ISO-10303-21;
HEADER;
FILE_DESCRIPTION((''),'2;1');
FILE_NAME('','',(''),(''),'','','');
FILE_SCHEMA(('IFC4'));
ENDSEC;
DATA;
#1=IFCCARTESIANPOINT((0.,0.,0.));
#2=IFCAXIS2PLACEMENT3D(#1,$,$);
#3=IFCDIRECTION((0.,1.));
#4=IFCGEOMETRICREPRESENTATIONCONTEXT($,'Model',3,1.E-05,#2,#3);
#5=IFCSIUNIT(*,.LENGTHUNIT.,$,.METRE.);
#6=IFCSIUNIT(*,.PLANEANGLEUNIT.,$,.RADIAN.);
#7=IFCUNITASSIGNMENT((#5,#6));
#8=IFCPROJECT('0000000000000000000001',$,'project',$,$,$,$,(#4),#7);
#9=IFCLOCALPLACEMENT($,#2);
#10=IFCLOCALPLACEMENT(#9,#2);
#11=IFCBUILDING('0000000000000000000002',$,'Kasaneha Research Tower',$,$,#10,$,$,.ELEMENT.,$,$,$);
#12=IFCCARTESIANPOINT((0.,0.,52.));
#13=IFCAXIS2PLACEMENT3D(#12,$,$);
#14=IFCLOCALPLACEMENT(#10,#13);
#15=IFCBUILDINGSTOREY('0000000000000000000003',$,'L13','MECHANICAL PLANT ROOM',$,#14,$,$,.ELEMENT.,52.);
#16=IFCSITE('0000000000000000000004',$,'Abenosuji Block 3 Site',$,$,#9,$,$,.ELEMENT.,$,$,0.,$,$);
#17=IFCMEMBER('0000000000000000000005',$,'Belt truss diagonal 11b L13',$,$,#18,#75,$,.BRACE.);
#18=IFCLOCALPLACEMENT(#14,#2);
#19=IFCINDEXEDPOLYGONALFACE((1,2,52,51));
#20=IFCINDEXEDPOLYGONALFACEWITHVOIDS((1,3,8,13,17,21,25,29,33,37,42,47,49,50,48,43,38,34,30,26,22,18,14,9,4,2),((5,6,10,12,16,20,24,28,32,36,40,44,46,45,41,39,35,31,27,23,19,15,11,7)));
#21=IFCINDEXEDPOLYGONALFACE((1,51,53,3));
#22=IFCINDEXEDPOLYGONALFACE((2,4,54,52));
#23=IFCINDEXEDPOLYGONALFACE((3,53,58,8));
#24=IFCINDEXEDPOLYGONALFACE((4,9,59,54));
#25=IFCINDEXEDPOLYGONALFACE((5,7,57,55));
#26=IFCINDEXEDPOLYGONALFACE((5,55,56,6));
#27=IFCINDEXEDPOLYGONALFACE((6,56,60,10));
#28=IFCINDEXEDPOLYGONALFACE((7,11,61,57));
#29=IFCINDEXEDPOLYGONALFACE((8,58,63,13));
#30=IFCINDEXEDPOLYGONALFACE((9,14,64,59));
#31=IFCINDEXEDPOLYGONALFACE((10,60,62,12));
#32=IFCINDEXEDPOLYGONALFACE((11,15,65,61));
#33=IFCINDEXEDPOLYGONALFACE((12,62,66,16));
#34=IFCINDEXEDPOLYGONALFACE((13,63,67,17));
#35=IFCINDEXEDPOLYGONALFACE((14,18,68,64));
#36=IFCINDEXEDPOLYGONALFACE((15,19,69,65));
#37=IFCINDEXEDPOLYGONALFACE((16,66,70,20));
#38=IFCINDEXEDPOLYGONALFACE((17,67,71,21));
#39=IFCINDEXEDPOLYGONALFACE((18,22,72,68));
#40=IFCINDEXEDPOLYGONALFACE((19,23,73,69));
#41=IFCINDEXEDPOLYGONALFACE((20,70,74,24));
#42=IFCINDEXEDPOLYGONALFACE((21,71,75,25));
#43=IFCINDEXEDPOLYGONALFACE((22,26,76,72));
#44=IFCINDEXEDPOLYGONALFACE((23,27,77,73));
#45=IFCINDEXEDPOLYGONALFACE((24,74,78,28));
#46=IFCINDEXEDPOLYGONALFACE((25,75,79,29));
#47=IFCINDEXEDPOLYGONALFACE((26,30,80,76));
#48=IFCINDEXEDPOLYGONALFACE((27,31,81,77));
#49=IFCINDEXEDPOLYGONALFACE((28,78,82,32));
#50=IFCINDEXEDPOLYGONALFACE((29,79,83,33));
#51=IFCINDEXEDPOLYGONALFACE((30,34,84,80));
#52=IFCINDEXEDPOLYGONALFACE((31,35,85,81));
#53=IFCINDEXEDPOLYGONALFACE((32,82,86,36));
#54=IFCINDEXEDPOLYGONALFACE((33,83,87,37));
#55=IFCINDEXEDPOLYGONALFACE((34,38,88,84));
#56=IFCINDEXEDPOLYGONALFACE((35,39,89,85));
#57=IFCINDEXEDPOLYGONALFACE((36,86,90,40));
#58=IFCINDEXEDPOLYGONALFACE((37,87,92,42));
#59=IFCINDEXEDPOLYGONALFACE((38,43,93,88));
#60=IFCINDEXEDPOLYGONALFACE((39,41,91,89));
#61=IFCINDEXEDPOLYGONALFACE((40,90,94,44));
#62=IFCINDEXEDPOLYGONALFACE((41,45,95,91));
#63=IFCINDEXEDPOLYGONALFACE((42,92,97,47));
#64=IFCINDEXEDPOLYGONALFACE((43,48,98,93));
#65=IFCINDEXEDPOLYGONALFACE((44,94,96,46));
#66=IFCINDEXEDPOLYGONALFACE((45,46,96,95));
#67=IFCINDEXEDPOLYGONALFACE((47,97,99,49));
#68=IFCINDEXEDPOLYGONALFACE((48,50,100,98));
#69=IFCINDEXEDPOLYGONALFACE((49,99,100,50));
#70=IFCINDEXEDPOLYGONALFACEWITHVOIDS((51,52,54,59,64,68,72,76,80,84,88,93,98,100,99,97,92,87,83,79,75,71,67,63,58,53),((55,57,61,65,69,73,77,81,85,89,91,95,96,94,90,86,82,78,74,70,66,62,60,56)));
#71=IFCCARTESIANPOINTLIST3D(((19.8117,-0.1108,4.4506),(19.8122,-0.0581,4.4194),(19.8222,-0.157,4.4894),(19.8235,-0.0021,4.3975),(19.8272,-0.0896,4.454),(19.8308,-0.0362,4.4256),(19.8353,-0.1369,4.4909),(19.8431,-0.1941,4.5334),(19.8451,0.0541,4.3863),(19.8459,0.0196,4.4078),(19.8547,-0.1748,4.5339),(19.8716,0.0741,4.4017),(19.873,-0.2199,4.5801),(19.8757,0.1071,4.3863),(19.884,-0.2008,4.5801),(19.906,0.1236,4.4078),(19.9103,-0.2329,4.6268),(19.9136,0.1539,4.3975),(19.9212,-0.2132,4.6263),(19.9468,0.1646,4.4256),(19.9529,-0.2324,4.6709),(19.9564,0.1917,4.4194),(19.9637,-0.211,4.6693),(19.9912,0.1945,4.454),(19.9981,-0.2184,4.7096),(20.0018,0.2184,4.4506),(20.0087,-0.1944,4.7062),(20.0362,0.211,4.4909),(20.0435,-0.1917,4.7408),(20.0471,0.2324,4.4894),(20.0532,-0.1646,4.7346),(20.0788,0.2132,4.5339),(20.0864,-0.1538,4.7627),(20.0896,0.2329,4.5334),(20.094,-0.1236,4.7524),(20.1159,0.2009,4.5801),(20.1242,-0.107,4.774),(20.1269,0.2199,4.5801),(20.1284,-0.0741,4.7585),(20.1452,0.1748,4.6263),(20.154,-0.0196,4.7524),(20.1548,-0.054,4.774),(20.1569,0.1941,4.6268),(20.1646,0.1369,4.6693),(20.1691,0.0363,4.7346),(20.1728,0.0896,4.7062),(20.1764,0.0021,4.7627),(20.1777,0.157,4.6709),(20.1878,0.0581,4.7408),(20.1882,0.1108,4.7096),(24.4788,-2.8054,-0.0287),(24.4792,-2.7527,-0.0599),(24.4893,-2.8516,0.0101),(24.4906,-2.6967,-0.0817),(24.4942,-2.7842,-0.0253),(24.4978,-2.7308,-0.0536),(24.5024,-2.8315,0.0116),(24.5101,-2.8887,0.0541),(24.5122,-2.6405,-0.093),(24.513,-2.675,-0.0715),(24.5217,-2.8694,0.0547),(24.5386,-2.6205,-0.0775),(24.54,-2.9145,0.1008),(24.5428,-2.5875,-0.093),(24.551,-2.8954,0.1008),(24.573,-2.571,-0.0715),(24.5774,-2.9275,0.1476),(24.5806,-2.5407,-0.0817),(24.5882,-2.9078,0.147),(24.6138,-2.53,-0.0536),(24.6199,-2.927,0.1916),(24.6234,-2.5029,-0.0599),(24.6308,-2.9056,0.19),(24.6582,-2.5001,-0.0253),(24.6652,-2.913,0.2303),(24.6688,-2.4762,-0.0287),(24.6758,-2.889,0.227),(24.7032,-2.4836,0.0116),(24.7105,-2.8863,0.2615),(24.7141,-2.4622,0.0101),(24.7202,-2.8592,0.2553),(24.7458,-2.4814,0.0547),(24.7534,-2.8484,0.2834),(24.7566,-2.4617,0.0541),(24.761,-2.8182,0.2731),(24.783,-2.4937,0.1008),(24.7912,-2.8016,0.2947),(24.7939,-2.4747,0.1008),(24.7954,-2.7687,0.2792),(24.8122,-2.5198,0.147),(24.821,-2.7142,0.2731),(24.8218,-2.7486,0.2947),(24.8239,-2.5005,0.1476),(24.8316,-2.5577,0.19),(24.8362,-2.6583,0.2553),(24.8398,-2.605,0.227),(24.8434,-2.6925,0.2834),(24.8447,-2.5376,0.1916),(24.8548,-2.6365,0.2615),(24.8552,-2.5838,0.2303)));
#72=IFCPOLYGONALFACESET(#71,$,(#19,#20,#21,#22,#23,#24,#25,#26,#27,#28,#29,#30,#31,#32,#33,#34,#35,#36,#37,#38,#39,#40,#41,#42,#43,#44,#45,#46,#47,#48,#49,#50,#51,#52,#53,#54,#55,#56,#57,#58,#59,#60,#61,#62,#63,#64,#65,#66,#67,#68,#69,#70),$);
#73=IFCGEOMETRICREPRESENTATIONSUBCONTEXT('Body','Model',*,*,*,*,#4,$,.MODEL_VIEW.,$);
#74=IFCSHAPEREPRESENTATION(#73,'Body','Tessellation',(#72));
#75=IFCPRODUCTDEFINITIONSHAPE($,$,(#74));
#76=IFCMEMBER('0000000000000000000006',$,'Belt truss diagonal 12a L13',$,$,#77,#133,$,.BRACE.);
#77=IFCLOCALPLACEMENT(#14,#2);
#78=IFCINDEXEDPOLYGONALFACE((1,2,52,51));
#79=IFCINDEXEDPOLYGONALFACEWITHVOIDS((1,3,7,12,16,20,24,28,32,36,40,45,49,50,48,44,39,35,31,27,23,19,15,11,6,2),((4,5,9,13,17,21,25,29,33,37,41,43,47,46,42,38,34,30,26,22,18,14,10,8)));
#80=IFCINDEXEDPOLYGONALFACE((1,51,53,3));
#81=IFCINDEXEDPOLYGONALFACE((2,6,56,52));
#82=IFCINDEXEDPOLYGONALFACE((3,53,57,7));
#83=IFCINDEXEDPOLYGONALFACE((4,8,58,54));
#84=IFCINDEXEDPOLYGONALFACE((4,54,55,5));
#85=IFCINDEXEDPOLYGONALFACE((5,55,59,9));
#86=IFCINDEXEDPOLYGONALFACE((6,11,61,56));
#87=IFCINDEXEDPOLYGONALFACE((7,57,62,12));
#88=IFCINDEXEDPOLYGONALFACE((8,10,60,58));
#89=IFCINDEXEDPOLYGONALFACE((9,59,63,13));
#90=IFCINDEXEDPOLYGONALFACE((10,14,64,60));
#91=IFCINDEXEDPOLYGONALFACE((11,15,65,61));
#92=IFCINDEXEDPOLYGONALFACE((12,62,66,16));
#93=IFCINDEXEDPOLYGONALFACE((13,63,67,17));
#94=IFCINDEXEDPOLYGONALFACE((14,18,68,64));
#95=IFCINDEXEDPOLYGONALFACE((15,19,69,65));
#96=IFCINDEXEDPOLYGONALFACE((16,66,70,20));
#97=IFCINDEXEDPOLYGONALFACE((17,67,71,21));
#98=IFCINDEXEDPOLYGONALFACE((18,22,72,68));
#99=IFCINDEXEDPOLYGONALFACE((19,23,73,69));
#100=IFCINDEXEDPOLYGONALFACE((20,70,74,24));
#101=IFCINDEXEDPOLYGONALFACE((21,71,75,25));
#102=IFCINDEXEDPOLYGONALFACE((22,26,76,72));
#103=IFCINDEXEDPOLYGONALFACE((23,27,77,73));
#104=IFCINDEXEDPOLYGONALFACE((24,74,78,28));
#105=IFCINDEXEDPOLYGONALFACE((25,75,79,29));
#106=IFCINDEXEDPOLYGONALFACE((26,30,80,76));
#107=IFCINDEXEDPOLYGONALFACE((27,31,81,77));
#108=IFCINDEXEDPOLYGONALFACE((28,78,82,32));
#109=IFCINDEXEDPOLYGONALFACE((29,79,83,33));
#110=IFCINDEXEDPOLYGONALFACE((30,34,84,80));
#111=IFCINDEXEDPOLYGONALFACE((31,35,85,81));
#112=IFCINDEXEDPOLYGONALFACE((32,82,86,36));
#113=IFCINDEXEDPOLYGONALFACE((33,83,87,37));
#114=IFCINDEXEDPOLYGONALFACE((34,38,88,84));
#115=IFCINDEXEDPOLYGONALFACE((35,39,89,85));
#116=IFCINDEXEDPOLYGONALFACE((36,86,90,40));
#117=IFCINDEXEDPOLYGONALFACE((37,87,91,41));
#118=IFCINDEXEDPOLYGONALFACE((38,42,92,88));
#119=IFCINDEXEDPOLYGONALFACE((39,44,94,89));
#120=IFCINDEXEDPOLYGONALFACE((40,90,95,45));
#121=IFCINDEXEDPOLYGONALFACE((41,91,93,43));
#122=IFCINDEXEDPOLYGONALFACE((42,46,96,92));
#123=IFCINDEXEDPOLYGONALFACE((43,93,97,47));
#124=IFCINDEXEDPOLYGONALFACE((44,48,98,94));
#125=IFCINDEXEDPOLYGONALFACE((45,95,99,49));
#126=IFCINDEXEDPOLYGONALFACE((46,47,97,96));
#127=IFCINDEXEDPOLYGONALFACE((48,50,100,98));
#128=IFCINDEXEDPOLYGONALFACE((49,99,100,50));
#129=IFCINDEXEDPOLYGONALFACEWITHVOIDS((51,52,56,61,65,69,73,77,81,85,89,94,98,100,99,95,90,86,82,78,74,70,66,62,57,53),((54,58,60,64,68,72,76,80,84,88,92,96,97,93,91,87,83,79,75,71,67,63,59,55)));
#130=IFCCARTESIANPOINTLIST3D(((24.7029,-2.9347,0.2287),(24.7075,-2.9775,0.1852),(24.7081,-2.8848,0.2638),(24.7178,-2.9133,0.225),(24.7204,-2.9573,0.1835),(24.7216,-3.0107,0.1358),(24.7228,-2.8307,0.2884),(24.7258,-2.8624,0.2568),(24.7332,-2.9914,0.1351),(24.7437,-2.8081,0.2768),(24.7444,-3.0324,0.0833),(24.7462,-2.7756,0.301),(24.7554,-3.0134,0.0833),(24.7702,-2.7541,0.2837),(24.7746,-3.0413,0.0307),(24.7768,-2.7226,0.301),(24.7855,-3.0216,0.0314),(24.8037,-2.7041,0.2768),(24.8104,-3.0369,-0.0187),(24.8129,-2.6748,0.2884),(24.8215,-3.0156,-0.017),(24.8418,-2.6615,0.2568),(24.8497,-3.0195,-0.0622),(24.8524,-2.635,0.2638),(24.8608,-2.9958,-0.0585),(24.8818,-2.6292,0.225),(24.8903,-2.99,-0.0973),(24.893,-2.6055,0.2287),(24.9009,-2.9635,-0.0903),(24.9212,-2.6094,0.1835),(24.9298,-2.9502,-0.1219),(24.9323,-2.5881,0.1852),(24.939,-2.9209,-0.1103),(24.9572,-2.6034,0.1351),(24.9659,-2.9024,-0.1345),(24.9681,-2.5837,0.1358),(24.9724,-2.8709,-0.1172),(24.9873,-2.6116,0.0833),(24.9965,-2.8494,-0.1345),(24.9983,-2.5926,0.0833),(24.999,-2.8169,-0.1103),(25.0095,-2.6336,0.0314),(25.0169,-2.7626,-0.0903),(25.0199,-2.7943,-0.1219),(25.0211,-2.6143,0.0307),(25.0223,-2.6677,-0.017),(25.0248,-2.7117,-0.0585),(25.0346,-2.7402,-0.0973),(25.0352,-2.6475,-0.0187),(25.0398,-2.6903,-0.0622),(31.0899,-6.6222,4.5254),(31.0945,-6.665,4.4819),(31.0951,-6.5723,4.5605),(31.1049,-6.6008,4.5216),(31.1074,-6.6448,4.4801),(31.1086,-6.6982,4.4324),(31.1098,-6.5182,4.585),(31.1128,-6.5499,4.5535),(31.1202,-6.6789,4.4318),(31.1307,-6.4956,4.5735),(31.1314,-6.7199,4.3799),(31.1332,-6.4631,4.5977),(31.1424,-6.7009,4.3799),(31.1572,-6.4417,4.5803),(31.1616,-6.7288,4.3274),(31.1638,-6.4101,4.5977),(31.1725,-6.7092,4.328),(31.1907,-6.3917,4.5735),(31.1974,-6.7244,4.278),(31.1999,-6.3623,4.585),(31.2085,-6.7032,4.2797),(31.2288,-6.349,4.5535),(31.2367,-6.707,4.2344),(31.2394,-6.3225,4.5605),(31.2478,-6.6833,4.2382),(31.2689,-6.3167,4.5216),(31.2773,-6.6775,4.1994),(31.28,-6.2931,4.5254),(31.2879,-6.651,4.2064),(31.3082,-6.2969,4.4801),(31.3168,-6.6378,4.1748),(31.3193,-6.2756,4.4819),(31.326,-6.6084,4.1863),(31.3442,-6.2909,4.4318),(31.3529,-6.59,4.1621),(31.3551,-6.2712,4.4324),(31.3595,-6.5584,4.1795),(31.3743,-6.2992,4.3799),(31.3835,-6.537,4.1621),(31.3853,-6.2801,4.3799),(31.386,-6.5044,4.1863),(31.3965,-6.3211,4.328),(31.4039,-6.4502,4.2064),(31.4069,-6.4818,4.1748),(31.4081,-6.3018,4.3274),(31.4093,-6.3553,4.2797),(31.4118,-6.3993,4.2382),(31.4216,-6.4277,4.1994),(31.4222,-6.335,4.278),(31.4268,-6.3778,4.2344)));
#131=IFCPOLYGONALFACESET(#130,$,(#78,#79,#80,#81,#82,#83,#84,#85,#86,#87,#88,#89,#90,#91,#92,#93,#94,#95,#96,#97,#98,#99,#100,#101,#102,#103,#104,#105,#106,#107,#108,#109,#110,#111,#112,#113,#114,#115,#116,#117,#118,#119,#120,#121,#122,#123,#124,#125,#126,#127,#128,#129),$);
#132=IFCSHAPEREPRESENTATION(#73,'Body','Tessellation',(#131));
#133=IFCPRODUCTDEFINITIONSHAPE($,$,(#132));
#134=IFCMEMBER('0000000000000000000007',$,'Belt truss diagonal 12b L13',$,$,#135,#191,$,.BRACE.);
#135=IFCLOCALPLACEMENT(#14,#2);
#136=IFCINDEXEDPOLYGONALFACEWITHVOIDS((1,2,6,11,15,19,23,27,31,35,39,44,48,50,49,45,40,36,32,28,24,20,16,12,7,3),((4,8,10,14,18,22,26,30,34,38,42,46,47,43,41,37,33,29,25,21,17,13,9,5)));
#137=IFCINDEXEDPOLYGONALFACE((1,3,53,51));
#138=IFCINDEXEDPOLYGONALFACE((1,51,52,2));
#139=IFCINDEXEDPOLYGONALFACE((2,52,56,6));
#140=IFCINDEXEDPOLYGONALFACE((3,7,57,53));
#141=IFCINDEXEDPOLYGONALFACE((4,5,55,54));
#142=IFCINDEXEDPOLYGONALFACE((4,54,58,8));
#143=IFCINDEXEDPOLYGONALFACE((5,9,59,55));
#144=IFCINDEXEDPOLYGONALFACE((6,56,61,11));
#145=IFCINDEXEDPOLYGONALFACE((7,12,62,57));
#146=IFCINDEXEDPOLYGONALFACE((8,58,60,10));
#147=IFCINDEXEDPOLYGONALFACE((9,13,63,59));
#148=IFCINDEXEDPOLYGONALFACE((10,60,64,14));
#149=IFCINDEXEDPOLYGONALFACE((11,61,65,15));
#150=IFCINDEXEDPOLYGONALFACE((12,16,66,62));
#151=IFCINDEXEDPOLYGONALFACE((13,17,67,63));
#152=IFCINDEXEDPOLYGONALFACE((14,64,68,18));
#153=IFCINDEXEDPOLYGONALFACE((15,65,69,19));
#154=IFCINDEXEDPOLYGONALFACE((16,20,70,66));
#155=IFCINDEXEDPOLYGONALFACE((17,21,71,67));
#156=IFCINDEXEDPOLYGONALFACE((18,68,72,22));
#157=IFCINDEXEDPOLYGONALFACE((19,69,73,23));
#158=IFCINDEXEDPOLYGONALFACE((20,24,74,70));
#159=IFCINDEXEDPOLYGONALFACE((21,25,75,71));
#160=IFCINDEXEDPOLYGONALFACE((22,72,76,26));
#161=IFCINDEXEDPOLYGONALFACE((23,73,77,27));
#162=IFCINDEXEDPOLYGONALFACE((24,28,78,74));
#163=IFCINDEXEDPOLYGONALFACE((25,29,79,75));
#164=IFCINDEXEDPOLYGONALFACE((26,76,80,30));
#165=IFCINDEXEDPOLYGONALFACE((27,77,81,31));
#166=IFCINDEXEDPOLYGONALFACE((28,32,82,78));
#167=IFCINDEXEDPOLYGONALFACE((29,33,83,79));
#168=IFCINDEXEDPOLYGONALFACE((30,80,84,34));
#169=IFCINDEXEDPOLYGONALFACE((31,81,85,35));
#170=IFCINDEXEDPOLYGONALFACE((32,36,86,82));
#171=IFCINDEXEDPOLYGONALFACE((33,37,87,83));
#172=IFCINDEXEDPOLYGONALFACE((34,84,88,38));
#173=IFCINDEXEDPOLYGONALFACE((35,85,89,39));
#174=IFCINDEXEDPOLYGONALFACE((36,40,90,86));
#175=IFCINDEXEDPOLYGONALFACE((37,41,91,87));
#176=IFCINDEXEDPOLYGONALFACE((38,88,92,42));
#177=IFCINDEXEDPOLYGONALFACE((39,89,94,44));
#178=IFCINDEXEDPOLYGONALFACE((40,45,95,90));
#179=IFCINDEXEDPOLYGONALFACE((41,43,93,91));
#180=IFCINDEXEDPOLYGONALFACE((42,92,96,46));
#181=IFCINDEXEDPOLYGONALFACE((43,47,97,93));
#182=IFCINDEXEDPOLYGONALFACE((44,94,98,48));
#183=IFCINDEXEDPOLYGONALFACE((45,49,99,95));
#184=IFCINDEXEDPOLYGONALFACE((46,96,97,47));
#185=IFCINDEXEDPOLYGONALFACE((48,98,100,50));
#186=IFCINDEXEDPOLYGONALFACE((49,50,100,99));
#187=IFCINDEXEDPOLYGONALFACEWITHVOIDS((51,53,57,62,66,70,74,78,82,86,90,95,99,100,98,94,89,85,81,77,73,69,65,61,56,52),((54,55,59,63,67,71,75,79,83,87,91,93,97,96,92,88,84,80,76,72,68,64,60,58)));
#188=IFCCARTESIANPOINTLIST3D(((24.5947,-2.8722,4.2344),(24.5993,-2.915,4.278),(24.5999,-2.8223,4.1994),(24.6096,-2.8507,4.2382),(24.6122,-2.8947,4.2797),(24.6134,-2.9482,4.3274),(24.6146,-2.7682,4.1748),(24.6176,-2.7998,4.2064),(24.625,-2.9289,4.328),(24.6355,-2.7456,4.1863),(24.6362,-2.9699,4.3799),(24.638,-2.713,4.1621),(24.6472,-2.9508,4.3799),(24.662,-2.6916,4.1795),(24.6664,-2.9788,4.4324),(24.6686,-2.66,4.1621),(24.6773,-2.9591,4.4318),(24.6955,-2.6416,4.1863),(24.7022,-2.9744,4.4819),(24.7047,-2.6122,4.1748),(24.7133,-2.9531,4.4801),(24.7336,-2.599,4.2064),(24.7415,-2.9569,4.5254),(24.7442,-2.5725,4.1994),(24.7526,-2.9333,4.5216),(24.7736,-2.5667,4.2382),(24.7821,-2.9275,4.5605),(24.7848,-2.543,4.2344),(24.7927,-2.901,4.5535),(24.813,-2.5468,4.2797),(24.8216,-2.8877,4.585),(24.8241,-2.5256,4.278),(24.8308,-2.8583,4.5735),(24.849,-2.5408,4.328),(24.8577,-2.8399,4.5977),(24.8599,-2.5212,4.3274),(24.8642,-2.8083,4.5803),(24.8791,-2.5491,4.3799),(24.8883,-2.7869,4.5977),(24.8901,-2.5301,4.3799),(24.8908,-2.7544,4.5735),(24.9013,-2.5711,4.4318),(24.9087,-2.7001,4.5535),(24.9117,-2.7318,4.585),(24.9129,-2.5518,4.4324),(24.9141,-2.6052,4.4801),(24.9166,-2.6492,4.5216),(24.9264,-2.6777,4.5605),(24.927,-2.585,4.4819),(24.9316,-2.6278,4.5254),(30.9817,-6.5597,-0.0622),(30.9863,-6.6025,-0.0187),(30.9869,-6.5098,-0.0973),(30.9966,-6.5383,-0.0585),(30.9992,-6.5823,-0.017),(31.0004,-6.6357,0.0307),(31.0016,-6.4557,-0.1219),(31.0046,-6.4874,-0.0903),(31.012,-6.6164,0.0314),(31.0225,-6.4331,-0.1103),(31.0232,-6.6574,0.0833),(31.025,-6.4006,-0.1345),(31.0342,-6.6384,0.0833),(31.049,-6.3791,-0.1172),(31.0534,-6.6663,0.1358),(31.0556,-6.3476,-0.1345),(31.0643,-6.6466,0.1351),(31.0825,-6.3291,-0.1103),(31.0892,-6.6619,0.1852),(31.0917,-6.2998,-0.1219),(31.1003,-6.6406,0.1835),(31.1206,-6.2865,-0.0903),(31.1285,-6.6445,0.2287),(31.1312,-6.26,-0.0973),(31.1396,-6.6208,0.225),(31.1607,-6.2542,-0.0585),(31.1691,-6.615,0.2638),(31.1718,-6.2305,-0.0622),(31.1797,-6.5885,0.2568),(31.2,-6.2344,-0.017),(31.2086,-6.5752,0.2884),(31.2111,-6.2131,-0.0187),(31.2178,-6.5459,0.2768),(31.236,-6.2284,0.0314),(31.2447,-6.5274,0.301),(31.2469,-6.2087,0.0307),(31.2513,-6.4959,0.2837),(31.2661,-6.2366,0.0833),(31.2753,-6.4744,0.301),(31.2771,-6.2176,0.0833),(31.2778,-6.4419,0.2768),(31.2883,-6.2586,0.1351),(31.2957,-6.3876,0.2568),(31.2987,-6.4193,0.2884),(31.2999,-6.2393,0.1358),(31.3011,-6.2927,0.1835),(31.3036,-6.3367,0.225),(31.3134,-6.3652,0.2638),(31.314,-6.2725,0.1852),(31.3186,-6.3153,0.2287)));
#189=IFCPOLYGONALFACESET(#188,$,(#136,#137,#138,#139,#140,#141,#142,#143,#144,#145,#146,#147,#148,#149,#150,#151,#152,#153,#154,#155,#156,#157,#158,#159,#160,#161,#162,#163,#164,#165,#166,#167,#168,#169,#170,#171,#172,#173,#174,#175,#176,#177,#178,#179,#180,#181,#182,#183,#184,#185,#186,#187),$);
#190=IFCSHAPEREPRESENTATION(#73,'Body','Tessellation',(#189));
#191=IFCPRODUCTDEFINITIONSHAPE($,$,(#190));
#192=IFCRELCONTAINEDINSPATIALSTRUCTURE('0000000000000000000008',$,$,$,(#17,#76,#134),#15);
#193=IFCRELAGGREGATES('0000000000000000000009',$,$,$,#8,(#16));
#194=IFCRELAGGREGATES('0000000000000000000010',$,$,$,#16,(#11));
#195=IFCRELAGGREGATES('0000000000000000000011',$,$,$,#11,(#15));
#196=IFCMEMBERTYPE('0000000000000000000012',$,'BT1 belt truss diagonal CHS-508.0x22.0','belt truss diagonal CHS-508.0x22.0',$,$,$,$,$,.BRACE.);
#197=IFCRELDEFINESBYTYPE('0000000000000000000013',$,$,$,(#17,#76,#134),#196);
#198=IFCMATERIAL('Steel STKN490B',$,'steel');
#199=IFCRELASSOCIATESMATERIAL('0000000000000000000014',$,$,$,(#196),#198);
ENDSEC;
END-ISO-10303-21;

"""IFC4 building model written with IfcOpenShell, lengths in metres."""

from ifc_helpers import new_model, si_unit, direction, frame, origin, origin_2d, place, context, subcontext, project, spatial, hollow_circle, extrude, material, material_profile, profile_set, type_object, element, save


model = new_model("IFC4")

# Units and contexts
model_context = context("Model", 3, precision=1e-05, world=origin(), true_north=direction((0.0, 1.0)))
body_context = subcontext(model_context, "Body", "Model", "MODEL_VIEW")
ifc_project = project(units=[si_unit("LENGTHUNIT", "METRE"), si_unit("PLANEANGLEUNIT", "RADIAN")], contexts=[model_context])

# Site, building, storey
site_placement = place(None, origin())
site = spatial("IfcSite", under=ifc_project, at=site_placement, Name="Abenosuji Block 3 Site", CompositionType="ELEMENT", RefElevation=0.0)
building_placement = place(site_placement, origin())
building = spatial("IfcBuilding", under=site, at=building_placement, Name="Kasaneha Research Tower", CompositionType="ELEMENT")
storey_placement = place(building_placement, frame((0.0, 0.0, 52.0)))
storey = spatial("IfcBuildingStorey", under=building, at=storey_placement, Name="L13", Description="MECHANICAL PLANT ROOM", CompositionType="ELEMENT", Elevation=52.0)

# Members
ifc_material_1 = material(Name="Steel STKN490B", Category="steel")
ifc_material_profile_1 = material_profile(ifc_material_1, hollow_circle(Radius=0.2539, WallThickness=0.022, at=origin_2d()), Name="CHS-508.0x22.0")
ifc_profile_set_1 = profile_set([ifc_material_profile_1], Name="Steel STKN490B")
member_type = type_object("IfcMemberType", Name="BT1 belt truss diagonal CHS-508.0x22.0", Description="belt truss diagonal CHS-508.0x22.0", PredefinedType="BRACE", material=ifc_profile_set_1)
for number, where, z_axis, x_axis, name in (
    (1, (24.667, -2.6946, 0.1008), (-0.665998, 0.384527, 0.639207), (-0.500013, -0.866018, 0.0), "Belt truss diagonal 11b L13"),
):
    element("IfcMember", number, at=place(storey_placement, frame(where, z_axis=z_axis, x_axis=x_axis)), inside=storey, type_object=member_type, Name=name, PredefinedType="BRACE", context=body_context, shape_type="SweptSolid", body=[
        extrude(hollow_circle(Radius=0.2539, WallThickness=0.022, at=origin_2d()), origin(), (0.0, 0.0, 1.0), 7.0076),
    ])
for number, where, z_axis, x_axis, name in (
    (2, (24.8713, -2.8125, 0.0833), (0.748296, -0.432027, 0.503393), (0.499999, 0.866026, 0.0), "Belt truss diagonal 12a L13"),
    (3, (31.1501, -6.4375, 0.0833), (-0.748296, 0.432027, 0.503393), (-0.499999, -0.866026, 0.0), "Belt truss diagonal 12b L13"),
):
    element("IfcMember", number, at=place(storey_placement, frame(where, z_axis=z_axis, x_axis=x_axis)), inside=storey, type_object=member_type, Name=name, PredefinedType="BRACE", context=body_context, shape_type="SweptSolid", body=[
        extrude(hollow_circle(Radius=0.2539, WallThickness=0.022, at=origin_2d()), origin(), (0.0, 0.0, 1.0), 8.5354),
    ])

save(model, "model.ifc")
